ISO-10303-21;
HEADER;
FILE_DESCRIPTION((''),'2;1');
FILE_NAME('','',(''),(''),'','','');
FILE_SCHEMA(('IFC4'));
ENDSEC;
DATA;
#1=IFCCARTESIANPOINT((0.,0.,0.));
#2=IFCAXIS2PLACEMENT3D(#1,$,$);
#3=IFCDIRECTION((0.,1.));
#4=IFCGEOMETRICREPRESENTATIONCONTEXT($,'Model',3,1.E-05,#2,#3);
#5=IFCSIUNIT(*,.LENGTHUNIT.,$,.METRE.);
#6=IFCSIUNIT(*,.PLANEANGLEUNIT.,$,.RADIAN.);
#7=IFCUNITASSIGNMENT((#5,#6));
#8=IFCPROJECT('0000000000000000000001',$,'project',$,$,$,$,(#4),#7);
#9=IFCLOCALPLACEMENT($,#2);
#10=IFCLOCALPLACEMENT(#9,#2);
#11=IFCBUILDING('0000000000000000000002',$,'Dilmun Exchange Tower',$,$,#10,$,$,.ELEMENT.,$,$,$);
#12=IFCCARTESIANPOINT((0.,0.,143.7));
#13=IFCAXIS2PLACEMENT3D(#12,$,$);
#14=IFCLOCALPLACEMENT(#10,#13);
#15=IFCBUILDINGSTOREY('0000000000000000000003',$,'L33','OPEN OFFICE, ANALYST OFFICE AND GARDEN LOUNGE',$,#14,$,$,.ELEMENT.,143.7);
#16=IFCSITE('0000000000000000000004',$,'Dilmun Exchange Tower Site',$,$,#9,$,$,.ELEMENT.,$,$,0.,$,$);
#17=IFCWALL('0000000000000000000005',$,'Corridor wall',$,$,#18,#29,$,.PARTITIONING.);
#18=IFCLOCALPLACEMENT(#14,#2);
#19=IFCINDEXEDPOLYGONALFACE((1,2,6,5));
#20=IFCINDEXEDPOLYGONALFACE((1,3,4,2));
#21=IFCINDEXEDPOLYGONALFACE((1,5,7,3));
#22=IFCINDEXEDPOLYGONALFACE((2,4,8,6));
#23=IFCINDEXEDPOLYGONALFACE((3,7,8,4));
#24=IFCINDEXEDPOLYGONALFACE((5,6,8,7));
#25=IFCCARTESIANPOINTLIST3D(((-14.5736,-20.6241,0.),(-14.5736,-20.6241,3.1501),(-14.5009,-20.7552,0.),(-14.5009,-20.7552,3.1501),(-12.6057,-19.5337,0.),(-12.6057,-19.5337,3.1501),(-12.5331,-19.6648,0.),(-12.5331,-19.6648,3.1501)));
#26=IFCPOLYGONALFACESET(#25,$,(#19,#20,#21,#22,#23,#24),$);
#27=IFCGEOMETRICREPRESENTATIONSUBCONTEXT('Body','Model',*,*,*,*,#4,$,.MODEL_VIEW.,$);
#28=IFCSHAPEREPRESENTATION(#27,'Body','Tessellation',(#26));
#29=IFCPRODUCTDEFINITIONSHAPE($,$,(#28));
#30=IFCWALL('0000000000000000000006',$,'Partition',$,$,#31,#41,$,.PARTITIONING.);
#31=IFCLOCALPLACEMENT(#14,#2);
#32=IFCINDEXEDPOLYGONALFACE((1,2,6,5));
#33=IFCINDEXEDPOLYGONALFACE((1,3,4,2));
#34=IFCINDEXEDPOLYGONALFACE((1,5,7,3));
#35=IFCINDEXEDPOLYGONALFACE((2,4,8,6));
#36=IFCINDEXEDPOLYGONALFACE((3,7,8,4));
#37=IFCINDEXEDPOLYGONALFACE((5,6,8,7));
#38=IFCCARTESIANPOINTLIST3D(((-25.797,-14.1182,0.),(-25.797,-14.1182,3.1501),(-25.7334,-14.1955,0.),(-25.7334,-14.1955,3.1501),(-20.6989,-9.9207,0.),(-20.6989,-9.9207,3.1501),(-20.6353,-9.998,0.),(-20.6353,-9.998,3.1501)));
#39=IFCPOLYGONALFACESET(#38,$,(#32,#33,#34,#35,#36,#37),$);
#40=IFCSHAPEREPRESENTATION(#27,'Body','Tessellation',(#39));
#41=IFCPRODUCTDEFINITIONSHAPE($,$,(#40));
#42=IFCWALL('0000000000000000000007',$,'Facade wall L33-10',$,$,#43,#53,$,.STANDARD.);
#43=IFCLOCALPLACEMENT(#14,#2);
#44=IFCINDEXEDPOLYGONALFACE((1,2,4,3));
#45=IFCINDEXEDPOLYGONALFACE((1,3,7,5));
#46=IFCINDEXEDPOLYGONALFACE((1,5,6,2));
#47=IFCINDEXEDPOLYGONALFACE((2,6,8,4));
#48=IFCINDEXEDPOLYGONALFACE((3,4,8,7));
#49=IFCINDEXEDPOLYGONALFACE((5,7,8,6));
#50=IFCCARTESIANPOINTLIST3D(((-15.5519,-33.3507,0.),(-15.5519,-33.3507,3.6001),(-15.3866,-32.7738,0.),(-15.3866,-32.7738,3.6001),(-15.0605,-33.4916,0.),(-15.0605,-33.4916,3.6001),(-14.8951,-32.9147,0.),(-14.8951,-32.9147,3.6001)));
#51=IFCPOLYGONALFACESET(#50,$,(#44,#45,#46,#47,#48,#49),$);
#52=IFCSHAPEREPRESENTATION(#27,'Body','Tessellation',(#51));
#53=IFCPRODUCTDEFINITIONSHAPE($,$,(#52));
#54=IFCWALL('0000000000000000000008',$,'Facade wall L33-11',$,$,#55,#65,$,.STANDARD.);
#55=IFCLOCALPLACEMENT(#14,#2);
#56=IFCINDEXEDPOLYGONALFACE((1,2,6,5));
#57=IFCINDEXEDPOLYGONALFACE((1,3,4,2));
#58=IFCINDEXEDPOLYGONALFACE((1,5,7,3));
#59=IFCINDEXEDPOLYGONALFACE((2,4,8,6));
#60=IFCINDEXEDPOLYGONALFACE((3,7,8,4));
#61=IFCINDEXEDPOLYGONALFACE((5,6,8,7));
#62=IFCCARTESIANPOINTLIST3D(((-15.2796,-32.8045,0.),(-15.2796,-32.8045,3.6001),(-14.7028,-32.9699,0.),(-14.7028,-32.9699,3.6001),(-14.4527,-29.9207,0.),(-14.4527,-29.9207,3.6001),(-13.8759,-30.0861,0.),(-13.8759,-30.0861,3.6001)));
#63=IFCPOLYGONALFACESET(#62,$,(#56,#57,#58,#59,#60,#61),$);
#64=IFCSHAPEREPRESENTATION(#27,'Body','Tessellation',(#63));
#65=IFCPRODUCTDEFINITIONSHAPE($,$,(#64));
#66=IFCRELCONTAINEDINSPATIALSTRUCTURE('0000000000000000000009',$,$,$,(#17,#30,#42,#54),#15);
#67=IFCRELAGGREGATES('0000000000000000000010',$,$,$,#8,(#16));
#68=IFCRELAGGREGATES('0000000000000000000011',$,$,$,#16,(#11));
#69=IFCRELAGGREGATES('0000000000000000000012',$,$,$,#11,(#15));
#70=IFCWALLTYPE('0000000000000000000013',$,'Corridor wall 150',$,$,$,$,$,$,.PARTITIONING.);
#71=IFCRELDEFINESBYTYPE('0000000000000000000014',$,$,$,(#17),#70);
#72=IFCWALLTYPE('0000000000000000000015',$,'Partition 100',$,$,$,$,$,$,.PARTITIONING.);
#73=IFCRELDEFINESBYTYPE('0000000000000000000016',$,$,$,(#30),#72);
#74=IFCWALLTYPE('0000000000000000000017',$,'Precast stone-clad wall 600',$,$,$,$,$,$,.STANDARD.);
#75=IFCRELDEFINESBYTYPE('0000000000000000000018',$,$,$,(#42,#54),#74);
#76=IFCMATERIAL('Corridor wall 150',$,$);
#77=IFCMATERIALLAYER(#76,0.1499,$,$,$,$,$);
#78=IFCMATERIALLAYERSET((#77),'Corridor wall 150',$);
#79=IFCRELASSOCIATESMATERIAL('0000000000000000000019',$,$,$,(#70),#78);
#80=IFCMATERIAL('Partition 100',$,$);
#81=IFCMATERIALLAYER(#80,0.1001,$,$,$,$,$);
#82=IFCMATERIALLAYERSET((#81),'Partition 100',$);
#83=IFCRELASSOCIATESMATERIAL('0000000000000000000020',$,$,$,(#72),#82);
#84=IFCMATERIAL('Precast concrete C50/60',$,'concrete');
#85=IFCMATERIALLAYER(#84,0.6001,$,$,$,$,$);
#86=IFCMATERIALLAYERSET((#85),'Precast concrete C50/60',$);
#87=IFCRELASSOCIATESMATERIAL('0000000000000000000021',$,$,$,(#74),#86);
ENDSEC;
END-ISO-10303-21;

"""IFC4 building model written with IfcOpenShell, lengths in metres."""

from ifc_helpers import new_model, si_unit, direction, frame, frame_2d, origin, place, context, subcontext, project, spatial, rectangle, extrude, material, layer, layer_set, type_object, element, save


model = new_model("IFC4")

# Units and contexts
model_context = context("Model", 3, precision=1e-05, world=origin(), true_north=direction((0.0, 1.0)))
body_context = subcontext(model_context, "Body", "Model", "MODEL_VIEW")
ifc_project = project(units=[si_unit("LENGTHUNIT", "METRE"), si_unit("PLANEANGLEUNIT", "RADIAN")], contexts=[model_context])

# Site, building, storey
site_placement = place(None, origin())
site = spatial("IfcSite", under=ifc_project, at=site_placement, Name="Dilmun Exchange Tower Site", CompositionType="ELEMENT", RefElevation=0.0)
building_placement = place(site_placement, origin())
building = spatial("IfcBuilding", under=site, at=building_placement, Name="Dilmun Exchange Tower", CompositionType="ELEMENT")
storey_placement = place(building_placement, frame((0.0, 0.0, 143.7)))
storey = spatial("IfcBuildingStorey", under=building, at=storey_placement, Name="L33", Description="OPEN OFFICE, ANALYST OFFICE AND GARDEN LOUNGE", CompositionType="ELEMENT", Elevation=143.7)

# Shared definitions
ifc_material_1 = material(Name="Corridor wall 150")
ifc_layer_1 = layer(ifc_material_1, 0.1499)
ifc_layer_set_1 = layer_set([ifc_layer_1], Name="Corridor wall 150")
wall_type_1 = type_object("IfcWallType", Name="Corridor wall 150", PredefinedType="PARTITIONING", material=ifc_layer_set_1)

# Walls
wall_1_placement = place(storey_placement, frame((-14.5374, -20.6897, 0.0), z_axis=(0.0, 0.0, 1.0), x_axis=(0.874699, 0.484666, 0.0)))
element("IfcWall", 1, at=wall_1_placement, inside=storey, type_object=wall_type_1, Name="Corridor wall", PredefinedType="PARTITIONING", context=body_context, shape_type="SweptSolid", body=[
    extrude(rectangle(XDim=2.2498, YDim=0.1499, at=frame_2d((1.125, 0.0))), origin(), (0.0, 0.0, 1.0), 3.1501),
])
ifc_material_2 = material(Name="Partition 100")
ifc_layer_2 = layer(ifc_material_2, 0.1001)
ifc_layer_set_2 = layer_set([ifc_layer_2], Name="Partition 100")
wall_type_2 = type_object("IfcWallType", Name="Partition 100", PredefinedType="PARTITIONING", material=ifc_layer_set_2)
wall_2_placement = place(storey_placement, frame((-25.7651, -14.1567, 0.0), z_axis=(0.0, 0.0, 1.0), x_axis=(0.772002, 0.63562, 0.0)))
element("IfcWall", 2, at=wall_2_placement, inside=storey, type_object=wall_type_2, Name="Partition", PredefinedType="PARTITIONING", context=body_context, shape_type="SweptSolid", body=[
    extrude(rectangle(XDim=6.6038, YDim=0.1001, at=frame_2d((3.3018, 0.0))), origin(), (0.0, 0.0, 1.0), 3.1501),
])
ifc_material_3 = material(Name="Precast concrete C50/60", Category="concrete")
ifc_layer_3 = layer(ifc_material_3, 0.6001)
ifc_layer_set_3 = layer_set([ifc_layer_3], Name="Precast concrete C50/60")
wall_type_3 = type_object("IfcWallType", Name="Precast stone-clad wall 600", PredefinedType="STANDARD", material=ifc_layer_set_3)
wall_3_placement = place(storey_placement, frame((-15.4692, -33.0623, 0.0), z_axis=(0.0, 0.0, 1.0), x_axis=(0.961289, -0.275541, 0.0)))
element("IfcWall", 3, at=wall_3_placement, inside=storey, type_object=wall_type_3, Name="Facade wall L33-10", PredefinedType="STANDARD", context=body_context, shape_type="SweptSolid", body=[
    extrude(rectangle(XDim=0.5112, YDim=0.6001, at=frame_2d((0.2556, 0.0))), origin(), (0.0, 0.0, 1.0), 3.6001),
])
wall_4_placement = place(storey_placement, frame((-14.9912, -32.8872, 0.0), z_axis=(0.0, 0.0, 1.0), x_axis=(0.275635, 0.961262, 0.0)))
element("IfcWall", 4, at=wall_4_placement, inside=storey, type_object=wall_type_3, Name="Facade wall L33-11", PredefinedType="STANDARD", context=body_context, shape_type="SweptSolid", body=[
    extrude(rectangle(XDim=3.0, YDim=0.6001, at=frame_2d((1.5, 0.0))), origin(), (0.0, 0.0, 1.0), 3.6001),
])

save(model, "model.ifc")
